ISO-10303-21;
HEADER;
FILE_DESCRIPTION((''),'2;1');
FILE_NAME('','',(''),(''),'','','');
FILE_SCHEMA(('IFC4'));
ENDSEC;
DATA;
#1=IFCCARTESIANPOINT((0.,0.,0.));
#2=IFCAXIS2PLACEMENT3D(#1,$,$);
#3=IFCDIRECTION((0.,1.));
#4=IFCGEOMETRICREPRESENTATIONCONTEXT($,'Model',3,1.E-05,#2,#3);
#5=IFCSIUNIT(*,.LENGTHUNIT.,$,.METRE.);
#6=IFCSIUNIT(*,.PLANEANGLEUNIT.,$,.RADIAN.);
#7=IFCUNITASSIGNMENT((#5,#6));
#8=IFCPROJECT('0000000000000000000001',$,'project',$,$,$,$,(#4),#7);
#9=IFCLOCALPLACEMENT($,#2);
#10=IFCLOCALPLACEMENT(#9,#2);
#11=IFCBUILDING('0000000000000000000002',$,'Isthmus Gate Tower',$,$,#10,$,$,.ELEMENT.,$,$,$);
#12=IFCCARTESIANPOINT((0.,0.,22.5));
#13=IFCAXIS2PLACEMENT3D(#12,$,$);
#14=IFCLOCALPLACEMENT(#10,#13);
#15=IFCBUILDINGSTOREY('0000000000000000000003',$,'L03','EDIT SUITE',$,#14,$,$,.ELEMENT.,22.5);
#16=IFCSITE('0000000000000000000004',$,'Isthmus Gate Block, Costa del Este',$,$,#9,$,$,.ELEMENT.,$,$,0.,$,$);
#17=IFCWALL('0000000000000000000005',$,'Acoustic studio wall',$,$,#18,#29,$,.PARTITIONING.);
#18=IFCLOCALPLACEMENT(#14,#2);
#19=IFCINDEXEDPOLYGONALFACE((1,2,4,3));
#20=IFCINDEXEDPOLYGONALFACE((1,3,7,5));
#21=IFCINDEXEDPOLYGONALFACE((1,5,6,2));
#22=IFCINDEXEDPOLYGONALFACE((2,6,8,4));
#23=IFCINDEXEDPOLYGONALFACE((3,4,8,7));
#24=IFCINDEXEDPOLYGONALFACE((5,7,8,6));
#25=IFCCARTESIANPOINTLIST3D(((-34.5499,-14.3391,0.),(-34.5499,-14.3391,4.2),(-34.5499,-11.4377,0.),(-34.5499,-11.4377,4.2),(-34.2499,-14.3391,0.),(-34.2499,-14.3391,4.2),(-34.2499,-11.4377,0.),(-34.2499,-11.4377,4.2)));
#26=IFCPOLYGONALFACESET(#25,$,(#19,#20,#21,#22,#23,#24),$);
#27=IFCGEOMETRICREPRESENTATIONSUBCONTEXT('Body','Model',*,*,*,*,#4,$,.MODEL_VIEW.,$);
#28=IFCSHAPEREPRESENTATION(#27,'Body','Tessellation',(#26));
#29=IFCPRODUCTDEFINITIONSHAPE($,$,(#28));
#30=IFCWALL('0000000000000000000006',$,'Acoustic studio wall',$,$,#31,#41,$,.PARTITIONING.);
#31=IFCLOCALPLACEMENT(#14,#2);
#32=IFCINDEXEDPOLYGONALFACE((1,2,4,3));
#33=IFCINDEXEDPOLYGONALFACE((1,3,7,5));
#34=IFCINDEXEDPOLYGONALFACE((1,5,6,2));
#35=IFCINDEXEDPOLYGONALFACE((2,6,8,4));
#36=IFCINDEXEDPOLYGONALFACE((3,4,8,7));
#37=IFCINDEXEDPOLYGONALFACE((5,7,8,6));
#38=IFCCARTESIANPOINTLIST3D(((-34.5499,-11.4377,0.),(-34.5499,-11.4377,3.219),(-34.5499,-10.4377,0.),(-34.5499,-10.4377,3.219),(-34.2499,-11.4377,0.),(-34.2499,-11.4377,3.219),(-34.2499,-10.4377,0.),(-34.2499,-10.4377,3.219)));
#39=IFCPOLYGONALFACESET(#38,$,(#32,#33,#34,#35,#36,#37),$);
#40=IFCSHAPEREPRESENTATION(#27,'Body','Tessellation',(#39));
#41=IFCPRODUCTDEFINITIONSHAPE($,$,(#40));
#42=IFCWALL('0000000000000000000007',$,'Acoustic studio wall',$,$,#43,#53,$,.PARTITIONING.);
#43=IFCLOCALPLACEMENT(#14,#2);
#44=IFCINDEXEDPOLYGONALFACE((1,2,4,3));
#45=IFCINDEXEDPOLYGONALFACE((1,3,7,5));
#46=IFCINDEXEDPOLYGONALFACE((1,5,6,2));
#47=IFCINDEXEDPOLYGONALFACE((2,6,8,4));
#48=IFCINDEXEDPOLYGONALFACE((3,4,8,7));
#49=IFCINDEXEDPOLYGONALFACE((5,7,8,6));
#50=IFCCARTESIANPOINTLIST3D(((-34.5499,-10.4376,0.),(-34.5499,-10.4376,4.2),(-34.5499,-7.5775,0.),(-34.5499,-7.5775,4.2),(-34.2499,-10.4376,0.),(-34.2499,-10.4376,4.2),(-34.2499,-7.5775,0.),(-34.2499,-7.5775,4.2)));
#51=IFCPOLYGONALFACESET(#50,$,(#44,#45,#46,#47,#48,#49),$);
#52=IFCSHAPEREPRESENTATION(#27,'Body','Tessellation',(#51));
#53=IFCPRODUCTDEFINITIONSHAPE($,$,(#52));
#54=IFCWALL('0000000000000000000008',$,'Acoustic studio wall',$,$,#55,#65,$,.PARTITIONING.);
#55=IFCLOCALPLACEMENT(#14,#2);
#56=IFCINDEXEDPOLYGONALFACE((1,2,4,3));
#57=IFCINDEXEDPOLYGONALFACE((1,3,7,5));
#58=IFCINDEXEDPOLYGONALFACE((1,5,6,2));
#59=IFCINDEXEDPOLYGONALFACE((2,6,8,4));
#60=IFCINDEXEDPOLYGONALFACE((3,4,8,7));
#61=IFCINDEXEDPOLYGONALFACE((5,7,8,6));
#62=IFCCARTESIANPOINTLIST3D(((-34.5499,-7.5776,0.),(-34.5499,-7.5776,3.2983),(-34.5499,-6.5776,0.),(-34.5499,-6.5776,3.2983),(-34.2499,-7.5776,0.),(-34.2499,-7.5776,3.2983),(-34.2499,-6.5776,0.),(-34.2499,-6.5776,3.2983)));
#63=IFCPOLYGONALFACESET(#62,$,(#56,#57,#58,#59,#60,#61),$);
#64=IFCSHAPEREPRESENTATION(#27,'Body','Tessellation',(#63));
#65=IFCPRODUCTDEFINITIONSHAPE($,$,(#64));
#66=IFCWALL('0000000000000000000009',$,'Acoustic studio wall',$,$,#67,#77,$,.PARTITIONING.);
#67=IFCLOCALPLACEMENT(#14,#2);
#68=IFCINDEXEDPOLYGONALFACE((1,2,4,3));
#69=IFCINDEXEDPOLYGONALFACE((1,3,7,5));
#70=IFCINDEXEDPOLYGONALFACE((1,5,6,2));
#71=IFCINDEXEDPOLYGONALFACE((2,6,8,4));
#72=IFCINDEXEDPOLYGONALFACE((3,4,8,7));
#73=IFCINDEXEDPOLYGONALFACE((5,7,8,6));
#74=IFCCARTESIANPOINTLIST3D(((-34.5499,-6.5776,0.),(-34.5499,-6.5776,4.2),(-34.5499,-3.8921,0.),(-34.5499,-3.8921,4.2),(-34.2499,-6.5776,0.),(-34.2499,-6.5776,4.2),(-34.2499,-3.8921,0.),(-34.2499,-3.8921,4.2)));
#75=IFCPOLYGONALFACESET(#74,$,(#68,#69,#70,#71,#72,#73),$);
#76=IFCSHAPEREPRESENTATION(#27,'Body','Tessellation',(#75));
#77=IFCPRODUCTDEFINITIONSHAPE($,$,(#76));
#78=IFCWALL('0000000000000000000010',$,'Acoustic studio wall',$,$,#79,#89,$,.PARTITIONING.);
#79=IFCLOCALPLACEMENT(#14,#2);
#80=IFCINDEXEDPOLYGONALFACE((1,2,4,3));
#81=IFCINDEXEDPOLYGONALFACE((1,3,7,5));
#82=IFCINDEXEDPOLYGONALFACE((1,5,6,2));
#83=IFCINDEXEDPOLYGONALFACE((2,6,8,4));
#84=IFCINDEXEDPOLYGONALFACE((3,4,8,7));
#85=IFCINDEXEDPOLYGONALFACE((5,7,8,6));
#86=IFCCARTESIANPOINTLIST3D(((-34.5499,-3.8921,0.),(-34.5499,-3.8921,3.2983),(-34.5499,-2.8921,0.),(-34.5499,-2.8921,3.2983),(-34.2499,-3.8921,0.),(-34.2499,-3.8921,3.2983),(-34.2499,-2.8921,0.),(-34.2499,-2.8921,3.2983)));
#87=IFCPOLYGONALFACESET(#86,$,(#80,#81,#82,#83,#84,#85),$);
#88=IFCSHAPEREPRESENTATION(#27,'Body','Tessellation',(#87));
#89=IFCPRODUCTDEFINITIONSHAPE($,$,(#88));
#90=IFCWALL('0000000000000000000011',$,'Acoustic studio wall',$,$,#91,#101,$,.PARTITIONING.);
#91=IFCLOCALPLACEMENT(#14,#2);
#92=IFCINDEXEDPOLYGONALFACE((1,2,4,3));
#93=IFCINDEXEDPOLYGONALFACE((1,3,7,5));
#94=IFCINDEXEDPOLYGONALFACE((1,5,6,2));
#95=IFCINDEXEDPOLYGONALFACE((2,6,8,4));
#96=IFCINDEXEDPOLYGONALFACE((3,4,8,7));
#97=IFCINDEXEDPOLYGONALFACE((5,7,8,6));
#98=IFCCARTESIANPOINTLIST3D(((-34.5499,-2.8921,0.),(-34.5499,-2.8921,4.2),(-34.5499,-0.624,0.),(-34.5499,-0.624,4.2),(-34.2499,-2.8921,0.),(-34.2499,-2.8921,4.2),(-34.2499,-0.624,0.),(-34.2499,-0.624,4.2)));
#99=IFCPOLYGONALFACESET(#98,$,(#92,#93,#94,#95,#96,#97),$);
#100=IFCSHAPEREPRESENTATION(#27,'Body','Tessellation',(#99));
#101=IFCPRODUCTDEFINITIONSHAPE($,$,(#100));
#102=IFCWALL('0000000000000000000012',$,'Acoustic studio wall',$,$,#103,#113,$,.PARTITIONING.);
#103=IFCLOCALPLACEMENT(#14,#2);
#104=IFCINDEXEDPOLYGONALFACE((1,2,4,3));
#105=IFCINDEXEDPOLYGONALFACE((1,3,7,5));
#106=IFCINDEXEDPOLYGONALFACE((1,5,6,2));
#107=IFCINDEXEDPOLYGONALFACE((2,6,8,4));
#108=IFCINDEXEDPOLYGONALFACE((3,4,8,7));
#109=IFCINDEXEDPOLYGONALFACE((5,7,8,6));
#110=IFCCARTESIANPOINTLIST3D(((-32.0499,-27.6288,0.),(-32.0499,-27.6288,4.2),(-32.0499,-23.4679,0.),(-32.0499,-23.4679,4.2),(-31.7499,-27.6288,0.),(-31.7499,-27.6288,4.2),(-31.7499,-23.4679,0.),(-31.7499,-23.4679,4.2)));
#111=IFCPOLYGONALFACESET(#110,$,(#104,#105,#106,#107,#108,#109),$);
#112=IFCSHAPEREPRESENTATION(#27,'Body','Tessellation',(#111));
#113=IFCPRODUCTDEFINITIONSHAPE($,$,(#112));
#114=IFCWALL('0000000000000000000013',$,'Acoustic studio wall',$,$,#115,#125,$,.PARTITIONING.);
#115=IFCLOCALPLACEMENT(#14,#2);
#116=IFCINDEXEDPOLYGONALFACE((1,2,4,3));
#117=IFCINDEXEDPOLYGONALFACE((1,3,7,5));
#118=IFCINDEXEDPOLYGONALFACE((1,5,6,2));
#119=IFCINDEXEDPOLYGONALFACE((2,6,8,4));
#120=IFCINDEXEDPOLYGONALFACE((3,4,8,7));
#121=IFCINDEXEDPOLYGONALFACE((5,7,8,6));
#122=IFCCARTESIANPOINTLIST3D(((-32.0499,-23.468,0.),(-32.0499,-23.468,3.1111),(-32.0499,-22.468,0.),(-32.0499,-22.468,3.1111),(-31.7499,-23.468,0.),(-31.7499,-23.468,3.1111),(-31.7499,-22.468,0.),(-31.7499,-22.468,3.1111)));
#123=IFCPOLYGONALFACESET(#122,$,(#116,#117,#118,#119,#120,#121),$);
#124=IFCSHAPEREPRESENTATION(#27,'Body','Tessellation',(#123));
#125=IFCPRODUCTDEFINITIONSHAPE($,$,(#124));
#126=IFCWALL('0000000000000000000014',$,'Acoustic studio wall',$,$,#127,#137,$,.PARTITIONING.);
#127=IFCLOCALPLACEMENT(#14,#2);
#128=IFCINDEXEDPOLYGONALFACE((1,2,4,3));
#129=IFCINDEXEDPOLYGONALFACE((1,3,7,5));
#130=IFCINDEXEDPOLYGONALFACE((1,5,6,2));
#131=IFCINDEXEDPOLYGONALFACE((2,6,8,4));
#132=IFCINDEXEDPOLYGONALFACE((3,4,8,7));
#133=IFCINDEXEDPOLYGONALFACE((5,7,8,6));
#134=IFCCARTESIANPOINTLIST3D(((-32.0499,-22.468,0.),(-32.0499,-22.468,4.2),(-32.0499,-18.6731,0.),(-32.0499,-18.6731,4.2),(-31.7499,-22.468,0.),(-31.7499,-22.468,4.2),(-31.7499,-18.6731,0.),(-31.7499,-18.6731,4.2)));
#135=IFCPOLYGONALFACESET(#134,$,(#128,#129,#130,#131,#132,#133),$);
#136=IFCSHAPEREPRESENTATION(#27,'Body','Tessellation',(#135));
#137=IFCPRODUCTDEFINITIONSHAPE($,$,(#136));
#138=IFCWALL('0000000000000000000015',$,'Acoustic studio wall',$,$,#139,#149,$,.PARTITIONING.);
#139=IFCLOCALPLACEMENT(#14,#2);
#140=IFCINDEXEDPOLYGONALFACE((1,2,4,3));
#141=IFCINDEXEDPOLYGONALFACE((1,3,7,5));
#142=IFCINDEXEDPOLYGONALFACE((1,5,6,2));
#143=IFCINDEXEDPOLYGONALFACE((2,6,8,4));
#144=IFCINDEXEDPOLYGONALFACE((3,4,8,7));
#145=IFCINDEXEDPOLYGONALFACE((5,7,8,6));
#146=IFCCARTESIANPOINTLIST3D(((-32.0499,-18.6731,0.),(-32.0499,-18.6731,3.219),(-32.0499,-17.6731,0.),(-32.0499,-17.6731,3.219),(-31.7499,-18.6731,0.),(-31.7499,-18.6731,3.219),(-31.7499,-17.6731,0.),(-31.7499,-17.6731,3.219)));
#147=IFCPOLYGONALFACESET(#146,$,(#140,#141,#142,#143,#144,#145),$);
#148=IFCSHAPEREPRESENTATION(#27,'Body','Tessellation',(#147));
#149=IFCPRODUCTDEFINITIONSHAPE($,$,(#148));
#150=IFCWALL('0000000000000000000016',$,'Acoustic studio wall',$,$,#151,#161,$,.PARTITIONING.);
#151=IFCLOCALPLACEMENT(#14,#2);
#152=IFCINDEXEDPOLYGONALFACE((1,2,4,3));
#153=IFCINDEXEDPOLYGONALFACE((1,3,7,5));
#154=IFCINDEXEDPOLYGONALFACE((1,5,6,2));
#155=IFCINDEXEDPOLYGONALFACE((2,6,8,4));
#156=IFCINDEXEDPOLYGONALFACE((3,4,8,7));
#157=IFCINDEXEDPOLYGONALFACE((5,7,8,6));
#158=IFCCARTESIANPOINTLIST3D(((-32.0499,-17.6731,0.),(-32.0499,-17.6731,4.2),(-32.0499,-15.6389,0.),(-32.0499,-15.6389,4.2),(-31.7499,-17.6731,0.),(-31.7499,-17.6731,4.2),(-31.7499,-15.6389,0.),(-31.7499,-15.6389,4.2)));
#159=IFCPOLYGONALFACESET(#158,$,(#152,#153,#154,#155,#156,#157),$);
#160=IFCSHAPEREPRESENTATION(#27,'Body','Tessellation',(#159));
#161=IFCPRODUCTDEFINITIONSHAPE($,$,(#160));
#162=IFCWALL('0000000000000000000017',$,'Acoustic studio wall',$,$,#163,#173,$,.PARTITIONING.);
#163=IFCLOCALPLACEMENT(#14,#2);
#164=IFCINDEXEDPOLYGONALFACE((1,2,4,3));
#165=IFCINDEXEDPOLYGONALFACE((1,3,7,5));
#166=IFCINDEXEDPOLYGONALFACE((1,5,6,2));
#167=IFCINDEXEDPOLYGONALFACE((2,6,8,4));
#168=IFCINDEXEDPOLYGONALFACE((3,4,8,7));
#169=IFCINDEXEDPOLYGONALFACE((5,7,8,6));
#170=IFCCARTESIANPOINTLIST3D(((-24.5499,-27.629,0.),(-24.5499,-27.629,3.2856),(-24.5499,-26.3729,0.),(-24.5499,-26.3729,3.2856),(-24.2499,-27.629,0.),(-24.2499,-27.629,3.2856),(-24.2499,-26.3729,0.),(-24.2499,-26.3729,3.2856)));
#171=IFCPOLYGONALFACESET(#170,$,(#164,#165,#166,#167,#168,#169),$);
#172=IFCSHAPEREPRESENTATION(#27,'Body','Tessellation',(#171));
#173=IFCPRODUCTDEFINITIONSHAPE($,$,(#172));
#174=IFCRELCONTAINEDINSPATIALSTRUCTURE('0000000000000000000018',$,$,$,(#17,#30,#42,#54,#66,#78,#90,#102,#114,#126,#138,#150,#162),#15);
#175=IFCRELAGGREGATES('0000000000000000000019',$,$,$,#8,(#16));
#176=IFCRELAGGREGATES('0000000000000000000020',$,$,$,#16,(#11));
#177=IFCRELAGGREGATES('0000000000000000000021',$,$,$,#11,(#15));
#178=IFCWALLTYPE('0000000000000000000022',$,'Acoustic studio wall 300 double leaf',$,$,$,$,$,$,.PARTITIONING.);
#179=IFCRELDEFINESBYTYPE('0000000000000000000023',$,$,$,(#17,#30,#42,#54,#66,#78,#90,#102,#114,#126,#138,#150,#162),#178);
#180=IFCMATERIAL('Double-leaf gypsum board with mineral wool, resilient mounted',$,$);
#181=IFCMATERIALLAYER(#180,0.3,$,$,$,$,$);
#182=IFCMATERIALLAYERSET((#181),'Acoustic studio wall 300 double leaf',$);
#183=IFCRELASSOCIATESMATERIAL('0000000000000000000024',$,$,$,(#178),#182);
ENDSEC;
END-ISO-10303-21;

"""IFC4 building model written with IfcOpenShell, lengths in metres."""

from ifc_helpers import new_model, si_unit, direction, frame, frame_2d, origin, place, context, subcontext, project, spatial, rectangle, extrude, material, layer, layer_set, type_object, element, save


model = new_model("IFC4")

# Units and contexts
model_context = context("Model", 3, precision=1e-05, world=origin(), true_north=direction((0.0, 1.0)))
body_context = subcontext(model_context, "Body", "Model", "MODEL_VIEW")
ifc_project = project(units=[si_unit("LENGTHUNIT", "METRE"), si_unit("PLANEANGLEUNIT", "RADIAN")], contexts=[model_context])

# Site, building, storey
site_placement = place(None, origin())
site = spatial("IfcSite", under=ifc_project, at=site_placement, Name="Isthmus Gate Block, Costa del Este", CompositionType="ELEMENT", RefElevation=0.0)
building_placement = place(site_placement, origin())
building = spatial("IfcBuilding", under=site, at=building_placement, Name="Isthmus Gate Tower", CompositionType="ELEMENT")
storey_placement = place(building_placement, frame((0.0, 0.0, 22.5)))
storey = spatial("IfcBuildingStorey", under=building, at=storey_placement, Name="L03", Description="EDIT SUITE", CompositionType="ELEMENT", Elevation=22.5)

# Walls
ifc_material_1 = material(Name="Double-leaf gypsum board with mineral wool, resilient mounted")
ifc_layer = layer(ifc_material_1, 0.3)
ifc_layer_set = layer_set([ifc_layer], Name="Acoustic studio wall 300 double leaf")
wall_type = type_object("IfcWallType", Name="Acoustic studio wall 300 double leaf", PredefinedType="PARTITIONING", material=ifc_layer_set)
wall_1_placement = place(storey_placement, frame((-34.3999, -14.3391, 0.0), z_axis=(0.0, 0.0, 1.0), x_axis=(0.0, 1.0, 0.0)))
element("IfcWall", 1, at=wall_1_placement, inside=storey, type_object=wall_type, Name="Acoustic studio wall", PredefinedType="PARTITIONING", context=body_context, shape_type="SweptSolid", body=[
    extrude(rectangle(XDim=2.9014, YDim=0.3, at=frame_2d((1.4507, 0.0))), origin(), (0.0, 0.0, 1.0), 4.2),
])
wall_2_placement = place(storey_placement, frame((-34.3999, -11.4377, 0.0), z_axis=(0.0, 0.0, 1.0), x_axis=(0.0, 1.0, 0.0)))
element("IfcWall", 2, at=wall_2_placement, inside=storey, type_object=wall_type, Name="Acoustic studio wall", PredefinedType="PARTITIONING", context=body_context, shape_type="SweptSolid", body=[
    extrude(rectangle(XDim=1.0, YDim=0.3, at=frame_2d((0.5, 0.0))), origin(), (0.0, 0.0, 1.0), 3.219),
])
wall_3_placement = place(storey_placement, frame((-34.3999, -10.4377, 0.0), z_axis=(0.0, 0.0, 1.0), x_axis=(0.0, 1.0, 0.0)))
element("IfcWall", 3, at=wall_3_placement, inside=storey, type_object=wall_type, Name="Acoustic studio wall", PredefinedType="PARTITIONING", context=body_context, shape_type="SweptSolid", body=[
    extrude(rectangle(XDim=2.8601, YDim=0.3, at=frame_2d((1.4302, 0.0))), origin(), (0.0, 0.0, 1.0), 4.2),
])
wall_4_placement = place(storey_placement, frame((-34.3999, -7.5776, 0.0), z_axis=(0.0, 0.0, 1.0), x_axis=(0.0, 1.0, 0.0)))
element("IfcWall", 4, at=wall_4_placement, inside=storey, type_object=wall_type, Name="Acoustic studio wall", PredefinedType="PARTITIONING", context=body_context, shape_type="SweptSolid", body=[
    extrude(rectangle(XDim=1.0, YDim=0.3, at=frame_2d((0.5, 0.0))), origin(), (0.0, 0.0, 1.0), 3.2983),
])
wall_5_placement = place(storey_placement, frame((-34.3999, -6.5776, 0.0), z_axis=(0.0, 0.0, 1.0), x_axis=(0.0, 1.0, 0.0)))
element("IfcWall", 5, at=wall_5_placement, inside=storey, type_object=wall_type, Name="Acoustic studio wall", PredefinedType="PARTITIONING", context=body_context, shape_type="SweptSolid", body=[
    extrude(rectangle(XDim=2.6855, YDim=0.3, at=frame_2d((1.3428, 0.0))), origin(), (0.0, 0.0, 1.0), 4.2),
])
wall_6_placement = place(storey_placement, frame((-34.3999, -3.8921, 0.0), z_axis=(0.0, 0.0, 1.0), x_axis=(0.0, 1.0, 0.0)))
element("IfcWall", 6, at=wall_6_placement, inside=storey, type_object=wall_type, Name="Acoustic studio wall", PredefinedType="PARTITIONING", context=body_context, shape_type="SweptSolid", body=[
    extrude(rectangle(XDim=1.0, YDim=0.3, at=frame_2d((0.5, 0.0))), origin(), (0.0, 0.0, 1.0), 3.2983),
])
wall_7_placement = place(storey_placement, frame((-34.3999, -2.8921, 0.0), z_axis=(0.0, 0.0, 1.0), x_axis=(0.0, 1.0, 0.0)))
element("IfcWall", 7, at=wall_7_placement, inside=storey, type_object=wall_type, Name="Acoustic studio wall", PredefinedType="PARTITIONING", context=body_context, shape_type="SweptSolid", body=[
    extrude(rectangle(XDim=2.2681, YDim=0.3, at=frame_2d((1.134, 0.0))), origin(), (0.0, 0.0, 1.0), 4.2),
])
wall_8_placement = place(storey_placement, frame((-31.8999, -27.6289, 0.0), z_axis=(0.0, 0.0, 1.0), x_axis=(0.0, 1.0, 0.0)))
element("IfcWall", 8, at=wall_8_placement, inside=storey, type_object=wall_type, Name="Acoustic studio wall", PredefinedType="PARTITIONING", context=body_context, shape_type="SweptSolid", body=[
    extrude(rectangle(XDim=4.1609, YDim=0.3, at=frame_2d((2.0806, 0.0))), origin(), (0.0, 0.0, 1.0), 4.2),
])
wall_9_placement = place(storey_placement, frame((-31.8999, -23.468, 0.0), z_axis=(0.0, 0.0, 1.0), x_axis=(0.0, 1.0, 0.0)))
element("IfcWall", 9, at=wall_9_placement, inside=storey, type_object=wall_type, Name="Acoustic studio wall", PredefinedType="PARTITIONING", context=body_context, shape_type="SweptSolid", body=[
    extrude(rectangle(XDim=1.0, YDim=0.3, at=frame_2d((0.5, 0.0))), origin(), (0.0, 0.0, 1.0), 3.1111),
])
wall_10_placement = place(storey_placement, frame((-31.8999, -22.468, 0.0), z_axis=(0.0, 0.0, 1.0), x_axis=(0.0, 1.0, 0.0)))
element("IfcWall", 10, at=wall_10_placement, inside=storey, type_object=wall_type, Name="Acoustic studio wall", PredefinedType="PARTITIONING", context=body_context, shape_type="SweptSolid", body=[
    extrude(rectangle(XDim=3.7949, YDim=0.3, at=frame_2d((1.8975, 0.0))), origin(), (0.0, 0.0, 1.0), 4.2),
])
wall_11_placement = place(storey_placement, frame((-31.8999, -18.6731, 0.0), z_axis=(0.0, 0.0, 1.0), x_axis=(0.0, 1.0, 0.0)))
element("IfcWall", 11, at=wall_11_placement, inside=storey, type_object=wall_type, Name="Acoustic studio wall", PredefinedType="PARTITIONING", context=body_context, shape_type="SweptSolid", body=[
    extrude(rectangle(XDim=1.0, YDim=0.3, at=frame_2d((0.5, 0.0))), origin(), (0.0, 0.0, 1.0), 3.219),
])
wall_12_placement = place(storey_placement, frame((-31.8999, -17.6731, 0.0), z_axis=(0.0, 0.0, 1.0), x_axis=(0.0, 1.0, 0.0)))
element("IfcWall", 12, at=wall_12_placement, inside=storey, type_object=wall_type, Name="Acoustic studio wall", PredefinedType="PARTITIONING", context=body_context, shape_type="SweptSolid", body=[
    extrude(rectangle(XDim=2.0342, YDim=0.3, at=frame_2d((1.0171, 0.0))), origin(), (0.0, 0.0, 1.0), 4.2),
])
wall_13_placement = place(storey_placement, frame((-24.3999, -27.6289, 0.0), z_axis=(0.0, 0.0, 1.0), x_axis=(0.0, 1.0, 0.0)))
element("IfcWall", 13, at=wall_13_placement, inside=storey, type_object=wall_type, Name="Acoustic studio wall", PredefinedType="PARTITIONING", context=body_context, shape_type="SweptSolid", body=[
    extrude(rectangle(XDim=1.2561, YDim=0.3, at=frame_2d((0.6279, 0.0))), origin(), (0.0, 0.0, 1.0), 3.2856),
])

save(model, "model.ifc")
